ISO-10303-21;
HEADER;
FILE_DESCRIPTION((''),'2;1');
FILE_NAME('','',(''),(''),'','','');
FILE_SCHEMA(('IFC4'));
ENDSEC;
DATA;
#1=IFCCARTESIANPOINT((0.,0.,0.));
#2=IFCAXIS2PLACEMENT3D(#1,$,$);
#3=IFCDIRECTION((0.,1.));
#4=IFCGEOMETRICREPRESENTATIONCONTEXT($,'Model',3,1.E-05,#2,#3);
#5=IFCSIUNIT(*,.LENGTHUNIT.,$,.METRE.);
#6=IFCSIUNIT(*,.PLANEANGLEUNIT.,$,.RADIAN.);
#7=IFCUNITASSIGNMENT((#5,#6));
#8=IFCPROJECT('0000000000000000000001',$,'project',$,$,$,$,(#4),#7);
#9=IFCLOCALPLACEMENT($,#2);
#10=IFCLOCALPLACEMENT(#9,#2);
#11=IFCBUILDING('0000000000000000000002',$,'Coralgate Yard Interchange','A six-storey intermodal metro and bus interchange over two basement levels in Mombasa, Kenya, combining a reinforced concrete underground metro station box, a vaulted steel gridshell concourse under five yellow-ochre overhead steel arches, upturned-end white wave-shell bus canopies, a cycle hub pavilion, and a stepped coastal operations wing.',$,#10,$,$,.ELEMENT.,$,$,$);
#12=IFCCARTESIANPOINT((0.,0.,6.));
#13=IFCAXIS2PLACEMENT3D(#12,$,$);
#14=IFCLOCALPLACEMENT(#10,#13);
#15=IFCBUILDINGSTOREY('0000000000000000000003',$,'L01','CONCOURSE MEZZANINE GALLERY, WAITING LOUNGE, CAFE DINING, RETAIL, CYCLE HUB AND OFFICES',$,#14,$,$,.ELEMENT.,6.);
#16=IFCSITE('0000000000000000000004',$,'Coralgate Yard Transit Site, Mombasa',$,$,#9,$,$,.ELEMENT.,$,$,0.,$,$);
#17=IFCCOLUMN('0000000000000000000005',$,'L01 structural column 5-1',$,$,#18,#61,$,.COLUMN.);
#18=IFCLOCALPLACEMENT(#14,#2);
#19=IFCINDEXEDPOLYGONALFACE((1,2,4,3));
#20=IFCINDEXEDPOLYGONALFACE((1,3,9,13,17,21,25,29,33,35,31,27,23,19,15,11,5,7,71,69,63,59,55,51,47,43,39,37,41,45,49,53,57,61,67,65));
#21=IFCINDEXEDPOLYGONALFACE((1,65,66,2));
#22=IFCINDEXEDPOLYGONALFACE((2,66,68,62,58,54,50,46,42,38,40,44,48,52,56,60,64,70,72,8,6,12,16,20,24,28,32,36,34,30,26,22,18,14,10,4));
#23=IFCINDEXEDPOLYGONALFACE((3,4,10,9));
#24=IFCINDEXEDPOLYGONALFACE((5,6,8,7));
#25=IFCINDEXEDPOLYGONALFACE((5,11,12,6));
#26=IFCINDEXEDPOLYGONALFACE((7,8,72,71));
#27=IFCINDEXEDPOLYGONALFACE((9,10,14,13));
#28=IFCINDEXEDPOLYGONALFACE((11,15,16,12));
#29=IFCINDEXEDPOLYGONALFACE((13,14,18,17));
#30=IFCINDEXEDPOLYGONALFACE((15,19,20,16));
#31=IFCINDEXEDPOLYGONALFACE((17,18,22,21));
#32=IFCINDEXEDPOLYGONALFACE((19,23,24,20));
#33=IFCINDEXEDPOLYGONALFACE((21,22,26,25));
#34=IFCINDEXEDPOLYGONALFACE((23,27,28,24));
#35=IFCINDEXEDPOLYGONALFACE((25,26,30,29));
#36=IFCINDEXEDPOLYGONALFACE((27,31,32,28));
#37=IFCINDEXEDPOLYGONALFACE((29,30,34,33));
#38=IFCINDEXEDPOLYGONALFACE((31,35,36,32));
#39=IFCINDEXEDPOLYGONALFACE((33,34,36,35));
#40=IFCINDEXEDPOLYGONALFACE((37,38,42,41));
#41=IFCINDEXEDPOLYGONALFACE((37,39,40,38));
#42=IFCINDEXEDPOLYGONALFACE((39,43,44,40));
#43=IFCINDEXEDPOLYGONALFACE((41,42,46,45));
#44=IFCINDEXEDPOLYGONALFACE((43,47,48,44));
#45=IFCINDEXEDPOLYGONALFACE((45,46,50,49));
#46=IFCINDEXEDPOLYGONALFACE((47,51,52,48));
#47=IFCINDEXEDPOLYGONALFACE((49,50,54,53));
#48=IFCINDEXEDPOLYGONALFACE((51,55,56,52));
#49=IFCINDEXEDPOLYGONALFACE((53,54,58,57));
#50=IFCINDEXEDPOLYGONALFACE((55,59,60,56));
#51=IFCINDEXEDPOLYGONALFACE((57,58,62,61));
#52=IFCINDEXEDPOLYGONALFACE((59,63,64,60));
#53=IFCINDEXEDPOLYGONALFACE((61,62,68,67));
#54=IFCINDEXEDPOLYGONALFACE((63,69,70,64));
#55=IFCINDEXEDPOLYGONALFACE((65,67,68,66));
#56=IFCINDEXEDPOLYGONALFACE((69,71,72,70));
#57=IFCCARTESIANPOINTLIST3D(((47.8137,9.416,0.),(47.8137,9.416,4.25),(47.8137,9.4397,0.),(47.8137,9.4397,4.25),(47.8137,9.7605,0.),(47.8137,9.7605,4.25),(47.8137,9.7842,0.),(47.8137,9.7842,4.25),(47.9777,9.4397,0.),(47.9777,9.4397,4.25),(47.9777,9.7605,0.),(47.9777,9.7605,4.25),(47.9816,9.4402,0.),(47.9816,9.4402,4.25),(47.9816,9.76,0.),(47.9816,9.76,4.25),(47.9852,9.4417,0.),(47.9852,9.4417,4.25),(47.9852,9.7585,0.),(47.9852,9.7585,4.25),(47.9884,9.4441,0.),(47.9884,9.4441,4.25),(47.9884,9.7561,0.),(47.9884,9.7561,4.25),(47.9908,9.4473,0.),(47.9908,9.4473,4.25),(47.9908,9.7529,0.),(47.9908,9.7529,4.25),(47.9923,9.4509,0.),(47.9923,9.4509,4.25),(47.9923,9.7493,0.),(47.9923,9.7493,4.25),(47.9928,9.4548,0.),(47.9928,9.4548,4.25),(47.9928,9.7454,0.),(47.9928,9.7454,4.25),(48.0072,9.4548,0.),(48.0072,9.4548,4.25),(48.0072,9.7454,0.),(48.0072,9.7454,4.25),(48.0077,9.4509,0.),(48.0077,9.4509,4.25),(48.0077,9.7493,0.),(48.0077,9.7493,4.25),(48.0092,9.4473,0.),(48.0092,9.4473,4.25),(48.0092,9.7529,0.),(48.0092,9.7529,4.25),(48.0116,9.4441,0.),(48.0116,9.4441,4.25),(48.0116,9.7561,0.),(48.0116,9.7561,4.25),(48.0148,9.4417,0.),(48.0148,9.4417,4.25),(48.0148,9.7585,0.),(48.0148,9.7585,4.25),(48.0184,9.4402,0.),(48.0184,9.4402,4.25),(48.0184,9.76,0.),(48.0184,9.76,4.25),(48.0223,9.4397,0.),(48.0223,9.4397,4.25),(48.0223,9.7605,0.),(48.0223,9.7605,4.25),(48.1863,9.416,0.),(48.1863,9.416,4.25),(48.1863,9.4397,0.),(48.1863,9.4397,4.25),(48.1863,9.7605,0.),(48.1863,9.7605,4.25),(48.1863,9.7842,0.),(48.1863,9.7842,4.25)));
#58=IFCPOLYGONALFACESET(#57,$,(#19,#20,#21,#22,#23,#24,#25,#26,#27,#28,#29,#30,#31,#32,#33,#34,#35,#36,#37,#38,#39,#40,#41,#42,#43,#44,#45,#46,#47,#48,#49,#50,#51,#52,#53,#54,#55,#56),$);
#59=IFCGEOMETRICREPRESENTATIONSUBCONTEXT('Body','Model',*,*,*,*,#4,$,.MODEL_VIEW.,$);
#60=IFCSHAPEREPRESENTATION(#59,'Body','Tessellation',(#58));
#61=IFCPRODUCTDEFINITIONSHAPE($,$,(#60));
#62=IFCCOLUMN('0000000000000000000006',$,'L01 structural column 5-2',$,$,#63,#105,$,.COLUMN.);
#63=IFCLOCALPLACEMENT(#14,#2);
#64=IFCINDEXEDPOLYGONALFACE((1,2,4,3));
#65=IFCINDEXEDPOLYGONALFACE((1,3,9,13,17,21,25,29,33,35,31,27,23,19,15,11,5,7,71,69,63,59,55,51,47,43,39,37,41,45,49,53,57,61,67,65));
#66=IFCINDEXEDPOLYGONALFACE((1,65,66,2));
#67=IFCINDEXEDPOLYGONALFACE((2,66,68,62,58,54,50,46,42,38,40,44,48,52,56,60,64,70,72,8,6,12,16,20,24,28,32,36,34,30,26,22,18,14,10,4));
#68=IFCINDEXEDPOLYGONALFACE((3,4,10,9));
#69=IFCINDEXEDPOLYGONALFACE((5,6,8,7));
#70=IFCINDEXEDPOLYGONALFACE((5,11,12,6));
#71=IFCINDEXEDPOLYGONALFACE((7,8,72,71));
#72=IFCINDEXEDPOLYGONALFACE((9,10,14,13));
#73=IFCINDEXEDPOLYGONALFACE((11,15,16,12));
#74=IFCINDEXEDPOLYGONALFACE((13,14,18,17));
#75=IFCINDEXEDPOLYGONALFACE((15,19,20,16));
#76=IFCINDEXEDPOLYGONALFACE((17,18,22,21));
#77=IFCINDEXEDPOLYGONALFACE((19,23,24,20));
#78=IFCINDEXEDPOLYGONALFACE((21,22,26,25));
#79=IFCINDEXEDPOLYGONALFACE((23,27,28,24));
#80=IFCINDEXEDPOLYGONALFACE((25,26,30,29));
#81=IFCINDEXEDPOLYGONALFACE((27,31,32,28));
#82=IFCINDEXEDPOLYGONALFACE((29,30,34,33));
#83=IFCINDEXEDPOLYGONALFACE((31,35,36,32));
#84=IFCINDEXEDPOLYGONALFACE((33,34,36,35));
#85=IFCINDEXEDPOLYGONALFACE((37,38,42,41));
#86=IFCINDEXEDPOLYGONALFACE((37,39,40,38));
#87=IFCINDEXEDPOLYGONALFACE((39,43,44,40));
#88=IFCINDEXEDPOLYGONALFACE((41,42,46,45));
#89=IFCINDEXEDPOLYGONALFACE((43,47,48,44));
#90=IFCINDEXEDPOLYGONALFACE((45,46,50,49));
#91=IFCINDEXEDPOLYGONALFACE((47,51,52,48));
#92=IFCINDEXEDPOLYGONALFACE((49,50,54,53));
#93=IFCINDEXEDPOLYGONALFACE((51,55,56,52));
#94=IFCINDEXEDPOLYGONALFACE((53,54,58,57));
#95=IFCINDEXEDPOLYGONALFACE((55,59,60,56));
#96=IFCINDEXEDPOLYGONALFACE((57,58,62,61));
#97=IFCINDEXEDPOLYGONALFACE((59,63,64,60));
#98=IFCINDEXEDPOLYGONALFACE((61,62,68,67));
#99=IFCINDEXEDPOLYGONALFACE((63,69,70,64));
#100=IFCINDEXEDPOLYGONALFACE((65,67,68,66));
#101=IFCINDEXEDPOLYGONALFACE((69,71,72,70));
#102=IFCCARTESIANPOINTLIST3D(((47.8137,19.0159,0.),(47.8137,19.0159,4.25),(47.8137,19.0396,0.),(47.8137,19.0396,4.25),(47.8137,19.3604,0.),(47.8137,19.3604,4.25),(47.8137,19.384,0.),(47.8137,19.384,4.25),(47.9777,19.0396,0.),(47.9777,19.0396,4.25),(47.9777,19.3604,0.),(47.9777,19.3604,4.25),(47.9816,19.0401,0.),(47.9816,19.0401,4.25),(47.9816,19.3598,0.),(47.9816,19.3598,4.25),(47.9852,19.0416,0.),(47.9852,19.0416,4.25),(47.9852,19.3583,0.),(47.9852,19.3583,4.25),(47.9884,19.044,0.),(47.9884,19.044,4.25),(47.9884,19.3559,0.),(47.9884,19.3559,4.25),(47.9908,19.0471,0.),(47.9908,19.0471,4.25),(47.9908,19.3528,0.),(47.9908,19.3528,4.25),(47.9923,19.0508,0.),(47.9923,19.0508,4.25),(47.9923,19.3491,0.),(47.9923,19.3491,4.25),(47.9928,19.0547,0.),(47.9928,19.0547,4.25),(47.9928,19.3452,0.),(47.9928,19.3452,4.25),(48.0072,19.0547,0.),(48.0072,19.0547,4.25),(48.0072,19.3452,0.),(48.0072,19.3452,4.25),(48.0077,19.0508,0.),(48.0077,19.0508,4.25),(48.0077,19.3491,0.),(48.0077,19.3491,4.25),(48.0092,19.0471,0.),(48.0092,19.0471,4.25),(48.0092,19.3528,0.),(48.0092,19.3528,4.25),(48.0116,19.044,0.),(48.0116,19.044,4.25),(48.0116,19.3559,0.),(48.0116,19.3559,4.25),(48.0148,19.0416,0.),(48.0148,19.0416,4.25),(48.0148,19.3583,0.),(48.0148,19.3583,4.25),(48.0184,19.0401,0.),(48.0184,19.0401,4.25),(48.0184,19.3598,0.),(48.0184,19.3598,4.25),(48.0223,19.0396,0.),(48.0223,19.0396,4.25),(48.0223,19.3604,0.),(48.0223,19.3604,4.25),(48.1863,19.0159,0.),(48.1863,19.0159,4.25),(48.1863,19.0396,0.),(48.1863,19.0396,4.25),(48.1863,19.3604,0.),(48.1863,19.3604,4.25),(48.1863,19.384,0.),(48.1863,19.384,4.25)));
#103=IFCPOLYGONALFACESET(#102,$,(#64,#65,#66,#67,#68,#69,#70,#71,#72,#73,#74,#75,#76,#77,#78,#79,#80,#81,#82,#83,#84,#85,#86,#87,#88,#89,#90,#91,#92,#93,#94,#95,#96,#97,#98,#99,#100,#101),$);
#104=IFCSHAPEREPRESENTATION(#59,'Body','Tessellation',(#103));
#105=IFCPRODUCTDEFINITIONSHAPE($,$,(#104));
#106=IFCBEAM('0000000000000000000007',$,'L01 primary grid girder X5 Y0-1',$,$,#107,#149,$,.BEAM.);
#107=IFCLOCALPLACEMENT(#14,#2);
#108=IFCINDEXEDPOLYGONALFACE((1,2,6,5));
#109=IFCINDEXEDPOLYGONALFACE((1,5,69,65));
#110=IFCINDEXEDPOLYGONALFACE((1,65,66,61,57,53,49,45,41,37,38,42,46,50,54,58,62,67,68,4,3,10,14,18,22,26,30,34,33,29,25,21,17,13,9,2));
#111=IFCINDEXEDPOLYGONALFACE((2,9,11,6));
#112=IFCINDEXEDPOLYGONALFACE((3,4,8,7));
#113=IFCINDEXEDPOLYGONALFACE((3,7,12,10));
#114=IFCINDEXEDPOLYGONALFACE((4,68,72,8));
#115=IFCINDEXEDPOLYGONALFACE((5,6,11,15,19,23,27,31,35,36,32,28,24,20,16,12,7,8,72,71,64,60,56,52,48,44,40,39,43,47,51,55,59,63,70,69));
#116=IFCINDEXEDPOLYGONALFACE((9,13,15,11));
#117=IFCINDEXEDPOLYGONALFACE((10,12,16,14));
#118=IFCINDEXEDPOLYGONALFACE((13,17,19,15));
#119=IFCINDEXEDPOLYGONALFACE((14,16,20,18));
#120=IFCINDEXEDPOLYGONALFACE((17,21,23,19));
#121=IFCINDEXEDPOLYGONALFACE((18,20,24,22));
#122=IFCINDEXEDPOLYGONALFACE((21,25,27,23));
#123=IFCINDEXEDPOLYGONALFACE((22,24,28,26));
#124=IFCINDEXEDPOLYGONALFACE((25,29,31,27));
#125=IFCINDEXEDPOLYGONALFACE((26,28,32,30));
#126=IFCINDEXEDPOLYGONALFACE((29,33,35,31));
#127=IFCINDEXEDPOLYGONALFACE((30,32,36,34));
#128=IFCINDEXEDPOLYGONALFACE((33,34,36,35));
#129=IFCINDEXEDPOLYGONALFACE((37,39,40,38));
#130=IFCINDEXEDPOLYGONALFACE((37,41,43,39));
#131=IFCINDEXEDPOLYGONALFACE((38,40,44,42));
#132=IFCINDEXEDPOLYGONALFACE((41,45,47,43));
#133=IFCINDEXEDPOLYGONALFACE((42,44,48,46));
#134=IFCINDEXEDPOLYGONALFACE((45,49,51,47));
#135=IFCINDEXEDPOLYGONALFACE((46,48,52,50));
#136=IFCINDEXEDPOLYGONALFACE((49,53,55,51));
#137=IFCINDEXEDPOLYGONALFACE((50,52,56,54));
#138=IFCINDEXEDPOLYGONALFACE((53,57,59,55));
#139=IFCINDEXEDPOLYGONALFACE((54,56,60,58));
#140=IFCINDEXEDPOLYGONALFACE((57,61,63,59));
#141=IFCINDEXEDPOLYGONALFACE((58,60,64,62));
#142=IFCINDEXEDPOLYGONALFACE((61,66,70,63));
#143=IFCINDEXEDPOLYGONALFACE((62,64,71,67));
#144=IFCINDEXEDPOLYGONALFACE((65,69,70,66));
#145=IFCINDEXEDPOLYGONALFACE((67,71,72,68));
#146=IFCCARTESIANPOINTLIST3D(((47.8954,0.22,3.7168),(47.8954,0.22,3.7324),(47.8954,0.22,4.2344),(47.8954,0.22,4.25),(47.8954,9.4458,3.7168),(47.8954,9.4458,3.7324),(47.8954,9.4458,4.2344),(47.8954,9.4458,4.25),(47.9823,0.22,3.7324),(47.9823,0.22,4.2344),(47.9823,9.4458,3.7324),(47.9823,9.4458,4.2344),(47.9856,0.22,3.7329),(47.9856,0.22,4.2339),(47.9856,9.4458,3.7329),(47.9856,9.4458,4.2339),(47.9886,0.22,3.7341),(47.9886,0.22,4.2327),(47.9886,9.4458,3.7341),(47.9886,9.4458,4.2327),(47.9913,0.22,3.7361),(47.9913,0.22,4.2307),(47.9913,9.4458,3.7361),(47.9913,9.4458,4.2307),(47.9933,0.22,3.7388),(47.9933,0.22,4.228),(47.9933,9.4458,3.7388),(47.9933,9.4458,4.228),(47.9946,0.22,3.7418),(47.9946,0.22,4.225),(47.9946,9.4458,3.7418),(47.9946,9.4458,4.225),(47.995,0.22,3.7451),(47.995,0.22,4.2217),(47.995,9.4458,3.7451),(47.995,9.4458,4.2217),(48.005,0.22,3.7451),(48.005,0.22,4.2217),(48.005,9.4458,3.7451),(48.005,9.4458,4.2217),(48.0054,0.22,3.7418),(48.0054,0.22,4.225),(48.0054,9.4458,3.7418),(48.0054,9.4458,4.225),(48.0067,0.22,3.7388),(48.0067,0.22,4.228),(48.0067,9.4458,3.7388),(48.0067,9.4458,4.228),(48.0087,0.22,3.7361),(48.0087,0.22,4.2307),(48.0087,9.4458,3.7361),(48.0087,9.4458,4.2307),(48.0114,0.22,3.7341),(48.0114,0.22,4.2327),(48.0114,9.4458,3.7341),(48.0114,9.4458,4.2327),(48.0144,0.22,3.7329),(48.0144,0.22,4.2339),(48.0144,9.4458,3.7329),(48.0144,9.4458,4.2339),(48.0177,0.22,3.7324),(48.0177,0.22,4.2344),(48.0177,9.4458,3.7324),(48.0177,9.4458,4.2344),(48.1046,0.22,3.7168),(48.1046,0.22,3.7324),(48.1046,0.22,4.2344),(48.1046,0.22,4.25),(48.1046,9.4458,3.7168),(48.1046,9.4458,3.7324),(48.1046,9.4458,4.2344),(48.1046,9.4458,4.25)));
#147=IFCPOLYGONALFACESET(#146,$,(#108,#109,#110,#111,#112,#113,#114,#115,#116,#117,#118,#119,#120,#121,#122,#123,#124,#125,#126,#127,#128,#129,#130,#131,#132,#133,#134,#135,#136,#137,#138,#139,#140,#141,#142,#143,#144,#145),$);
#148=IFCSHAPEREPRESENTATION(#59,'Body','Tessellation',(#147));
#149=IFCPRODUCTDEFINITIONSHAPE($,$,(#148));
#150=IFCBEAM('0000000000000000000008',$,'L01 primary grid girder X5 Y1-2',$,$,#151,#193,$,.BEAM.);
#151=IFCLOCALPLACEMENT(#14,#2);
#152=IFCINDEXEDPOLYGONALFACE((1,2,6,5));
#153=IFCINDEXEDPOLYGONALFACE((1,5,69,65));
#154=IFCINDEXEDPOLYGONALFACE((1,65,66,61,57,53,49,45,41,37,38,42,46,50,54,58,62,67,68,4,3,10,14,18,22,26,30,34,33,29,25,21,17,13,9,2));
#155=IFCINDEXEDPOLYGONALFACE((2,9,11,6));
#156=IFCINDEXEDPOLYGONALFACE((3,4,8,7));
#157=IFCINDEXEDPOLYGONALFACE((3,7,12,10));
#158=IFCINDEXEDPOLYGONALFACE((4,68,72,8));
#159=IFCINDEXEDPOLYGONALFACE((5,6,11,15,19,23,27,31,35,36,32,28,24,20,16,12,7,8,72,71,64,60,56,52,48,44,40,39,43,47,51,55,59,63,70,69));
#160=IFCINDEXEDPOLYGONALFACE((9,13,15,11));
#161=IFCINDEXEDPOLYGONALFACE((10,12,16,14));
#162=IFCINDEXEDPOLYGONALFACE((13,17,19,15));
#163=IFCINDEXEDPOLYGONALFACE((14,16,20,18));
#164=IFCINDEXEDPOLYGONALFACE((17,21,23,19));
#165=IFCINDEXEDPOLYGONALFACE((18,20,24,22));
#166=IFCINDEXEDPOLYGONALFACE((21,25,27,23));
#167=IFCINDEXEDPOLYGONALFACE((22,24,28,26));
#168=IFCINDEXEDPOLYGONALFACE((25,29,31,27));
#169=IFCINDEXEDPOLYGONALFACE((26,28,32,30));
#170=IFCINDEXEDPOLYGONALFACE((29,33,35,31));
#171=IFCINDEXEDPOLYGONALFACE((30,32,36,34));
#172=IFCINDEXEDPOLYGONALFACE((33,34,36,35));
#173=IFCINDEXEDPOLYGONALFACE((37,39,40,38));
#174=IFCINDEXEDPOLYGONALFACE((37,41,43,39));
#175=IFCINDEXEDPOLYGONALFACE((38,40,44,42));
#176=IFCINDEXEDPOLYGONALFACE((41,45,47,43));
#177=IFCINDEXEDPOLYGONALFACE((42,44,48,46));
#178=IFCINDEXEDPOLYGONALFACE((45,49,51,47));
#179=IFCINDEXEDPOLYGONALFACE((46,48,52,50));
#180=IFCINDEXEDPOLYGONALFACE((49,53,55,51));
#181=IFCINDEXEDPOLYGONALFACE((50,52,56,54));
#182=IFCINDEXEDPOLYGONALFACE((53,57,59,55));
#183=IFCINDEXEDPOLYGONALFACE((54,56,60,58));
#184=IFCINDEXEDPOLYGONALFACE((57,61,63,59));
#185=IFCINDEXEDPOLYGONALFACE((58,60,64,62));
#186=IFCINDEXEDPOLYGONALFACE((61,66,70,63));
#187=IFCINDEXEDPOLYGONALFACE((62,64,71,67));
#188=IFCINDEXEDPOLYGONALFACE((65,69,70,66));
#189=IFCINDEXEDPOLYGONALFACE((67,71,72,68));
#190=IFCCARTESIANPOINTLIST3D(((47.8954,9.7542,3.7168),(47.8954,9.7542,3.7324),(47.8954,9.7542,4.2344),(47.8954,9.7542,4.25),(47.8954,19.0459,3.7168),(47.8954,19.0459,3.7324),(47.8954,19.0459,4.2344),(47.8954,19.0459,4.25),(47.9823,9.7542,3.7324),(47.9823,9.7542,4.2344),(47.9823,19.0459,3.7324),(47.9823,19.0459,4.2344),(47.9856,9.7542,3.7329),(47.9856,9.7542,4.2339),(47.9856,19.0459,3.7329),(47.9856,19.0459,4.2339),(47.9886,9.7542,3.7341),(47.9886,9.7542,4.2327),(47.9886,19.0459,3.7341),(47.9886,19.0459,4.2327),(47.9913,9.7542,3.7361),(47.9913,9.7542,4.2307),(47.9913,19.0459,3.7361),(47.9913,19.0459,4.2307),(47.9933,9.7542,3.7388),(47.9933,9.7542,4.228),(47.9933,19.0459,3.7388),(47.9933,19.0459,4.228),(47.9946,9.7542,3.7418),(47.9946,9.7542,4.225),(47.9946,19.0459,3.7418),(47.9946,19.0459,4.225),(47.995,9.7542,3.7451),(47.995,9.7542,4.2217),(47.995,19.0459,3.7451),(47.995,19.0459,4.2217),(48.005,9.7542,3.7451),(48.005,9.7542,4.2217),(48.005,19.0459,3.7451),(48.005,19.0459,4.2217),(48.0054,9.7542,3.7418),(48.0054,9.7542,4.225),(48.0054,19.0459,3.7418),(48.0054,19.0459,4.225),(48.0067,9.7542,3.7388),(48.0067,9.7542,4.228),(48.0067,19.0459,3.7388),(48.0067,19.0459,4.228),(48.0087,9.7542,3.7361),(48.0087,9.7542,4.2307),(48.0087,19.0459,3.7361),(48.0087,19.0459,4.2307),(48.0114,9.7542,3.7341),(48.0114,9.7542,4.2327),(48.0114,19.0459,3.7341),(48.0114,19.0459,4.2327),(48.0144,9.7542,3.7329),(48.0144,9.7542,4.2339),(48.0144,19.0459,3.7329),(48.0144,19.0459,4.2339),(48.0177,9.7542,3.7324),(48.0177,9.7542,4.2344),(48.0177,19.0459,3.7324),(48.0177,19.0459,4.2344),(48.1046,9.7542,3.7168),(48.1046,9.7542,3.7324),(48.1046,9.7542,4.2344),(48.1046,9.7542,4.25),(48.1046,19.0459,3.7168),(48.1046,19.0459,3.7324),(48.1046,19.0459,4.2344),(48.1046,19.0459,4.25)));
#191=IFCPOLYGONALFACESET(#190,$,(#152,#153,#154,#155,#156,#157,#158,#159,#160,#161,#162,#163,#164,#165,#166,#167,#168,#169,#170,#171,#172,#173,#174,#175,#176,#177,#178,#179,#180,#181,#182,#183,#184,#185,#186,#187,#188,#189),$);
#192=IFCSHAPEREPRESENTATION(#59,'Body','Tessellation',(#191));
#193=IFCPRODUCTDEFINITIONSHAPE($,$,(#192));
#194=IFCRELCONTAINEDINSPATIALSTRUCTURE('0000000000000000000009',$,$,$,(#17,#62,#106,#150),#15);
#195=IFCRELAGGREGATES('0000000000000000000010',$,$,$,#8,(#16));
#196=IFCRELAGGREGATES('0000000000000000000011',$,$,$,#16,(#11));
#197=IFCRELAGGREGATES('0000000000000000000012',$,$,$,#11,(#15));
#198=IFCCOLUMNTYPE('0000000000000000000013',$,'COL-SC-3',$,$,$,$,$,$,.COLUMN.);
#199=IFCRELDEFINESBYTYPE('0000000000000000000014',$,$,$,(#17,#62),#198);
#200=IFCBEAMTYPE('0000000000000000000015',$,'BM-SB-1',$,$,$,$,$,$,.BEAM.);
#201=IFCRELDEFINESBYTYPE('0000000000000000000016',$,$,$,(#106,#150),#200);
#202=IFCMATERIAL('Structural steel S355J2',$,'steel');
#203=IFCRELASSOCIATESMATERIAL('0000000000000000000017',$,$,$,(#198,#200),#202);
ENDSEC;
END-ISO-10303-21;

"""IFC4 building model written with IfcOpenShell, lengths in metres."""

from ifc_helpers import new_model, si_unit, direction, frame, origin, origin_2d, place, context, subcontext, project, spatial, i_section, extrude, material, material_profile, profile_set, type_object, element, save


model = new_model("IFC4")

# Units and contexts
model_context = context("Model", 3, precision=1e-05, world=origin(), true_north=direction((0.0, 1.0)))
body_context = subcontext(model_context, "Body", "Model", "MODEL_VIEW")
ifc_project = project(units=[si_unit("LENGTHUNIT", "METRE"), si_unit("PLANEANGLEUNIT", "RADIAN")], contexts=[model_context])

# Site, building, storey
site_placement = place(None, origin())
site = spatial("IfcSite", under=ifc_project, at=site_placement, Name="Coralgate Yard Transit Site, Mombasa", CompositionType="ELEMENT", RefElevation=0.0)
building_placement = place(site_placement, origin())
building = spatial("IfcBuilding", under=site, at=building_placement, Name="Coralgate Yard Interchange", Description="A six-storey intermodal metro and bus interchange over two basement levels in Mombasa, Kenya, combining a reinforced concrete underground metro station box, a vaulted steel gridshell concourse under five yellow-ochre overhead steel arches, upturned-end white wave-shell bus canopies, a cycle hub pavilion, and a stepped coastal operations wing.", CompositionType="ELEMENT")
storey_placement = place(building_placement, frame((0.0, 0.0, 6.0)))
storey = spatial("IfcBuildingStorey", under=building, at=storey_placement, Name="L01", Description="CONCOURSE MEZZANINE GALLERY, WAITING LOUNGE, CAFE DINING, RETAIL, CYCLE HUB AND OFFICES", CompositionType="ELEMENT", Elevation=6.0)

# Columns
ifc_material_1 = material(Name="Structural steel S355J2", Category="steel")
ifc_material_profile_1 = material_profile(ifc_material_1, i_section(OverallWidth=0.3726, OverallDepth=0.3682, WebThickness=0.0144, FlangeThickness=0.0237, FilletRadius=0.0151, at=origin_2d()), Name="UC 356x368x177")
ifc_profile_set_1 = profile_set([ifc_material_profile_1], Name="Structural steel S355J2")
column_type = type_object("IfcColumnType", Name="COL-SC-3", PredefinedType="COLUMN", material=ifc_profile_set_1)
for number, where, z_axis, x_axis, name in (
    (1, (48.0, 9.6001, 0.0), (0.0, 0.0, 1.0), (1.0, 0.0, 0.0), "L01 structural column 5-1"),
    (2, (48.0, 19.2, 0.0), (0.0, 0.0, 1.0), (1.0, 0.0, 0.0), "L01 structural column 5-2"),
):
    element("IfcColumn", number, at=place(storey_placement, frame(where, z_axis=z_axis, x_axis=x_axis)), inside=storey, type_object=column_type, Name=name, PredefinedType="COLUMN", context=body_context, shape_type="SweptSolid", body=[
        extrude(i_section(OverallWidth=0.3726, OverallDepth=0.3682, WebThickness=0.0144, FlangeThickness=0.0237, FilletRadius=0.0151, at=origin_2d()), origin(), (0.0, 0.0, 1.0), 4.25),
    ])

# Beams
ifc_material_profile_2 = material_profile(ifc_material_1, i_section(OverallWidth=0.2092, OverallDepth=0.5332, WebThickness=0.01, FlangeThickness=0.0156, FilletRadius=0.0127, at=origin_2d()), Name="UB 533x210x92")
ifc_profile_set_2 = profile_set([ifc_material_profile_2], Name="Structural steel S355J2")
beam_type_1 = type_object("IfcBeamType", Name="BM-SB-1", PredefinedType="BEAM", material=ifc_profile_set_2)
beam_1_placement = place(storey_placement, frame((48.0, 0.22, 3.9834), z_axis=(0.0, 1.0, 0.0), x_axis=(-1.0, 0.0, 0.0)))
element("IfcBeam", 3, at=beam_1_placement, inside=storey, type_object=beam_type_1, Name="L01 primary grid girder X5 Y0-1", PredefinedType="BEAM", context=body_context, shape_type="SweptSolid", body=[
    extrude(i_section(OverallWidth=0.2092, OverallDepth=0.5332, WebThickness=0.01, FlangeThickness=0.0156, FilletRadius=0.0127, at=origin_2d()), origin(), (0.0, 0.0, 1.0), 9.2258),
])
beam_2_placement = place(storey_placement, frame((48.0, 9.7542, 3.9834), z_axis=(0.0, 1.0, 0.0), x_axis=(-1.0, 0.0, 0.0)))
element("IfcBeam", 4, at=beam_2_placement, inside=storey, type_object=beam_type_1, Name="L01 primary grid girder X5 Y1-2", PredefinedType="BEAM", context=body_context, shape_type="SweptSolid", body=[
    extrude(i_section(OverallWidth=0.2092, OverallDepth=0.5332, WebThickness=0.01, FlangeThickness=0.0156, FilletRadius=0.0127, at=origin_2d()), origin(), (0.0, 0.0, 1.0), 9.2917),
])

save(model, "model.ifc")
